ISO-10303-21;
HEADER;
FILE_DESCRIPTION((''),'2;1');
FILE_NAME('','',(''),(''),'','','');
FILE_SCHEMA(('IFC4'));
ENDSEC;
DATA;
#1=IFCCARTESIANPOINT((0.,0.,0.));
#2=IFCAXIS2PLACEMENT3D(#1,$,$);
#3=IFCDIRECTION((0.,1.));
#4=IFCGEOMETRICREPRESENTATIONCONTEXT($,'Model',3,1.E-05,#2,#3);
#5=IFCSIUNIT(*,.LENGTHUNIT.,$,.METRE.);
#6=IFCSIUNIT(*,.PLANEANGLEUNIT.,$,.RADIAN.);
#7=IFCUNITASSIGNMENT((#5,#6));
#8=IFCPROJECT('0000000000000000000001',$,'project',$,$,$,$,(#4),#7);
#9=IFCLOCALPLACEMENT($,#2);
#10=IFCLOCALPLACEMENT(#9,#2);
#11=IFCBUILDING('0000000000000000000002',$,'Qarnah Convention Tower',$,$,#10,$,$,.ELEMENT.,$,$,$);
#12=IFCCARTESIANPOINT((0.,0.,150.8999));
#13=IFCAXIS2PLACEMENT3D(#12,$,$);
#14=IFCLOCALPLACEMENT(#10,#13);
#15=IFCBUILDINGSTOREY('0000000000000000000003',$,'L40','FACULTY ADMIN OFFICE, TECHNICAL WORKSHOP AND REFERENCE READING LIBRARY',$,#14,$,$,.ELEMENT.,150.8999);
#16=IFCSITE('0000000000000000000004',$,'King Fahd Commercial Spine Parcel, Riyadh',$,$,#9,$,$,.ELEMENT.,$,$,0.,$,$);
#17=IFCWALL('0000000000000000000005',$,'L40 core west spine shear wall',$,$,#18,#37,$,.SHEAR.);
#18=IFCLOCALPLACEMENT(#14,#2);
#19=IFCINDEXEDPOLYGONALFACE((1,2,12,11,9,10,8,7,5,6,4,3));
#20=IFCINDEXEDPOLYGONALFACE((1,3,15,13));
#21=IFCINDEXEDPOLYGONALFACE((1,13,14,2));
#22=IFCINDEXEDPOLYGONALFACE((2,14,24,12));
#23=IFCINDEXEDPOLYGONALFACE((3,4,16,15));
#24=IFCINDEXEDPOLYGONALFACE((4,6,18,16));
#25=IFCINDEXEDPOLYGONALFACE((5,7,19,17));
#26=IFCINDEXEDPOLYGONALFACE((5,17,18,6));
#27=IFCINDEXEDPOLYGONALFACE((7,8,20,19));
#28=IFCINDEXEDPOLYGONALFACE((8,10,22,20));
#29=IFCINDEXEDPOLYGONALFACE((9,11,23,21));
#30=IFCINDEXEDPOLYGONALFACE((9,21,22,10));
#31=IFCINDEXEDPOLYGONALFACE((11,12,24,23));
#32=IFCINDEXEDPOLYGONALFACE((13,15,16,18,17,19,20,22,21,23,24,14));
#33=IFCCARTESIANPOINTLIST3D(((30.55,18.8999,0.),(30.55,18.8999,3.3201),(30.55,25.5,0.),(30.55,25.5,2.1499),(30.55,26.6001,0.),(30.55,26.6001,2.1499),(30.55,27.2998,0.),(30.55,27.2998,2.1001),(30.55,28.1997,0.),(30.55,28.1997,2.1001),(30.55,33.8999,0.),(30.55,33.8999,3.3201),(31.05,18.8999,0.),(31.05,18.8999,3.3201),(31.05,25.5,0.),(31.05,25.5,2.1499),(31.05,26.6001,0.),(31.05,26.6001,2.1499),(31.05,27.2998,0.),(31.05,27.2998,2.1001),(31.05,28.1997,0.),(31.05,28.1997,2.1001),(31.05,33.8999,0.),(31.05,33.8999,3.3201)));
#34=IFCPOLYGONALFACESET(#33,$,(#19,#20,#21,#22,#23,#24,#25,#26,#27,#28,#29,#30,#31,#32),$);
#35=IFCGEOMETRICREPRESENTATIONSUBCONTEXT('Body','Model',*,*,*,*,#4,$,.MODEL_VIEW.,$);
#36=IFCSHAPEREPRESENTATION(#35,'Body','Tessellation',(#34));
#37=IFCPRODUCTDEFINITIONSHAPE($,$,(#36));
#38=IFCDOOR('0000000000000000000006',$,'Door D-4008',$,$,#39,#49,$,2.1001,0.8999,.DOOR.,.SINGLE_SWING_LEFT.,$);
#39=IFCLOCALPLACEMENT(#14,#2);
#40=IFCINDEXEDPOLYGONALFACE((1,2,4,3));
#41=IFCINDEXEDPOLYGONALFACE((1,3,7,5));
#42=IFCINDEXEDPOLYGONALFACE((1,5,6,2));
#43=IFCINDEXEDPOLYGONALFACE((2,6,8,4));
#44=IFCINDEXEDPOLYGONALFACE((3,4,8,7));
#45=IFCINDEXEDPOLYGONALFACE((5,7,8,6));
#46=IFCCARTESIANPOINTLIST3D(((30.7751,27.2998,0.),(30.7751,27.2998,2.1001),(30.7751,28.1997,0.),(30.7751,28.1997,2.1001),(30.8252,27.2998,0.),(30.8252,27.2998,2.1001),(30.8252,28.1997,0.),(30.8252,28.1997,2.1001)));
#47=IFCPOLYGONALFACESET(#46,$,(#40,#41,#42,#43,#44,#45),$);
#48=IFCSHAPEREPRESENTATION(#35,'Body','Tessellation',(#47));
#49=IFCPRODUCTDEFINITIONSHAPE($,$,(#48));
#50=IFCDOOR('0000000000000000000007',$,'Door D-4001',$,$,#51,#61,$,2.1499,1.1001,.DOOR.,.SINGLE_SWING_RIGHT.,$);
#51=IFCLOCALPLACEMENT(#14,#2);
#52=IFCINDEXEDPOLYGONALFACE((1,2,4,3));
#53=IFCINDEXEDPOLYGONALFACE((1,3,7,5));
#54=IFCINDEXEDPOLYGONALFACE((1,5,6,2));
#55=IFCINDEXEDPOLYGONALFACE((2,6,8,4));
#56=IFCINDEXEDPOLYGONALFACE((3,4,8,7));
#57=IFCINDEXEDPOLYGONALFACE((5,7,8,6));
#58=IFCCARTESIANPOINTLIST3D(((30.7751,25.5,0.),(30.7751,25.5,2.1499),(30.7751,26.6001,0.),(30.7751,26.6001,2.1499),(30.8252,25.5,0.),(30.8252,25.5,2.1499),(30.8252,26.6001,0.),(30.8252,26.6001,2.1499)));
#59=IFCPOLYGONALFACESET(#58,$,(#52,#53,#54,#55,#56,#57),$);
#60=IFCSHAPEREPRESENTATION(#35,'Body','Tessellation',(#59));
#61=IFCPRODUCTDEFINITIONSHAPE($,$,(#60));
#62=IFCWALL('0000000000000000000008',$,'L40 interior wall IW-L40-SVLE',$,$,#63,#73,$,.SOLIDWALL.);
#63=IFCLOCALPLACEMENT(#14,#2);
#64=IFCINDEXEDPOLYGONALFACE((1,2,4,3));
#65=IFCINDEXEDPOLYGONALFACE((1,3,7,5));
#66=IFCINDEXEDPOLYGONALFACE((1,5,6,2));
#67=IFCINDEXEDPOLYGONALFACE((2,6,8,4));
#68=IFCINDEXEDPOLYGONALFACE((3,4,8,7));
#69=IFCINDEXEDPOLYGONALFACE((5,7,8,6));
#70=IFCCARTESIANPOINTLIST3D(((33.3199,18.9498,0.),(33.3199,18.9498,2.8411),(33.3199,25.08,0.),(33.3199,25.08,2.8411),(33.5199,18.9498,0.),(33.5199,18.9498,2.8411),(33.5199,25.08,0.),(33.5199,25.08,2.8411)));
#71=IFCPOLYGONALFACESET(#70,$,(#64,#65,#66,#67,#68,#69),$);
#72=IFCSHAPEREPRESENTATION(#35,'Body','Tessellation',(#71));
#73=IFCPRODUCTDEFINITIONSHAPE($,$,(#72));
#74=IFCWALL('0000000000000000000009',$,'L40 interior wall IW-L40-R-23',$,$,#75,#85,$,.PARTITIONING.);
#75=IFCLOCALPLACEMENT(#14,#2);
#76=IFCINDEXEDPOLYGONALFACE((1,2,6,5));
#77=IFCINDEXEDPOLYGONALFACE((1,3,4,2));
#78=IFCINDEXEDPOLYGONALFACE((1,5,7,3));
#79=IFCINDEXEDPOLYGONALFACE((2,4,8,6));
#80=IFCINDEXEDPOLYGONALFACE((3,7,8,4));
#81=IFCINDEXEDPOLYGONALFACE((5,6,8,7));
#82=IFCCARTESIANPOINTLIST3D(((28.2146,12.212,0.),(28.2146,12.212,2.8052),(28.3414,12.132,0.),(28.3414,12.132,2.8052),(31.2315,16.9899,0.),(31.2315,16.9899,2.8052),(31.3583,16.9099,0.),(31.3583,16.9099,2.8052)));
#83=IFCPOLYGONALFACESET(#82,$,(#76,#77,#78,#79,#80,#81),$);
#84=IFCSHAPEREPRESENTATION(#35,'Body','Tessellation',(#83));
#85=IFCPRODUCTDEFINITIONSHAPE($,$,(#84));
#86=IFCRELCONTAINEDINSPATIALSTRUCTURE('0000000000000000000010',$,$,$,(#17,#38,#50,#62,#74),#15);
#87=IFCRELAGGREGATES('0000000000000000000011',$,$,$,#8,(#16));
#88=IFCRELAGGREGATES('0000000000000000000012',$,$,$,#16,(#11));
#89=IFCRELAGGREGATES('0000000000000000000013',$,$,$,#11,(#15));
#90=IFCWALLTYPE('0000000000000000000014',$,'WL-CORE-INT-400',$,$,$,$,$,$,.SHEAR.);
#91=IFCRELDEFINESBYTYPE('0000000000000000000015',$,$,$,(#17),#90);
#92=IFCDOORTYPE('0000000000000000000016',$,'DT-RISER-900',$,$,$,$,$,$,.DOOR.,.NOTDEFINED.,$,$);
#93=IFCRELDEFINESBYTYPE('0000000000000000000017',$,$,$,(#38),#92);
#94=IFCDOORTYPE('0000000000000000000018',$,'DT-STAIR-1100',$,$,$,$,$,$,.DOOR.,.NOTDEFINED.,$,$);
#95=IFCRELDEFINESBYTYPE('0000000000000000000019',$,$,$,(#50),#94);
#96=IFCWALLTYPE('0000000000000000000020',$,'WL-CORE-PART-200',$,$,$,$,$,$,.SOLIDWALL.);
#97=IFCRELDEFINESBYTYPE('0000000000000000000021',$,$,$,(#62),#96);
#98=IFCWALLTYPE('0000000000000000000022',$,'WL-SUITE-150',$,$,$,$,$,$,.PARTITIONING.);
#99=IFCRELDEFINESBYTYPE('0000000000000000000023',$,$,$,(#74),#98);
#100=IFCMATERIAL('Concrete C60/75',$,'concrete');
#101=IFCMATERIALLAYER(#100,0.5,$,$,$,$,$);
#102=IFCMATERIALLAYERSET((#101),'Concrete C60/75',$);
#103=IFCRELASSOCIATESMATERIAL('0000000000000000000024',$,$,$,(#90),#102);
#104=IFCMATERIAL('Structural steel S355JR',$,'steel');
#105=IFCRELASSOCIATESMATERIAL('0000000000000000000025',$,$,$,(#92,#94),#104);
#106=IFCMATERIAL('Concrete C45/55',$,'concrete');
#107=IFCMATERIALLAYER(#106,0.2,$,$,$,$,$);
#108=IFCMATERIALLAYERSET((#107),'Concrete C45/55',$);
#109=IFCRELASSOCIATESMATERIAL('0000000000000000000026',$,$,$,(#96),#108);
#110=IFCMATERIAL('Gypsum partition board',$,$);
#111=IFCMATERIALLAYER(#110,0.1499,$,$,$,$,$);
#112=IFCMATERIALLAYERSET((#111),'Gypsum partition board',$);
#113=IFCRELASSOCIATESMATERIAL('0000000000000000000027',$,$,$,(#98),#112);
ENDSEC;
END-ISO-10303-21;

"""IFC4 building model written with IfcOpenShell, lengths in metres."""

from ifc_helpers import new_model, si_unit, direction, frame, frame_2d, origin, place, context, subcontext, project, spatial, rectangle, extrude, material, layer, layer_set, type_object, element, fill, save


model = new_model("IFC4")

# Units and contexts
model_context = context("Model", 3, precision=1e-05, world=origin(), true_north=direction((0.0, 1.0)))
body_context = subcontext(model_context, "Body", "Model", "MODEL_VIEW")
ifc_project = project(units=[si_unit("LENGTHUNIT", "METRE"), si_unit("PLANEANGLEUNIT", "RADIAN")], contexts=[model_context])

# Site, building, storey
site_placement = place(None, origin())
site = spatial("IfcSite", under=ifc_project, at=site_placement, Name="King Fahd Commercial Spine Parcel, Riyadh", CompositionType="ELEMENT", RefElevation=0.0)
building_placement = place(site_placement, origin())
building = spatial("IfcBuilding", under=site, at=building_placement, Name="Qarnah Convention Tower", CompositionType="ELEMENT")
storey_placement = place(building_placement, frame((0.0, 0.0, 150.8999)))
storey = spatial("IfcBuildingStorey", under=building, at=storey_placement, Name="L40", Description="FACULTY ADMIN OFFICE, TECHNICAL WORKSHOP AND REFERENCE READING LIBRARY", CompositionType="ELEMENT", Elevation=150.8999)

# Shared definitions
ifc_material_1 = material(Name="Concrete C60/75", Category="concrete")

# Shared definitions
ifc_material_2 = material(Name="Structural steel S355JR", Category="steel")

# Wall, openings, doors
ifc_layer_1 = layer(ifc_material_1, 0.5)
ifc_layer_set_1 = layer_set([ifc_layer_1], Name="Concrete C60/75")
wall_type_1 = type_object("IfcWallType", Name="WL-CORE-INT-400", PredefinedType="SHEAR", material=ifc_layer_set_1)
wall_1_placement = place(storey_placement, frame((30.8, 18.8999, 0.0), z_axis=(0.0, 0.0, 1.0), x_axis=(0.0, 1.0, 0.0)))
wall_1 = element("IfcWall", 1, at=wall_1_placement, inside=storey, type_object=wall_type_1, Name="L40 core west spine shear wall", PredefinedType="SHEAR", context=body_context, shape_type="SweptSolid", body=[
    extrude(rectangle(XDim=15.0, YDim=0.5, at=frame_2d((7.5, 0.0))), origin(), (0.0, 0.0, 1.0), 3.3201),
])
opening_1_placement = place(wall_1_placement, frame((6.6001, 0.0, 0.0)))
opening_1 = element("IfcOpeningElement", 2, at=opening_1_placement, cuts=wall_1, PredefinedType="OPENING", context=body_context, shape_type="SweptSolid", body=[
    extrude(rectangle(XDim=1.1001, YDim=2.1499, at=frame_2d((0.55, 1.075))), frame((0.0, 0.26, 0.0), z_axis=(0.0, -1.0, 0.0), x_axis=(1.0, 0.0, 0.0)), (0.0, 0.0, 1.0), 0.52),
])
opening_2_placement = place(wall_1_placement, frame((8.3999, 0.0, 0.0)))
opening_2 = element("IfcOpeningElement", 3, at=opening_2_placement, cuts=wall_1, PredefinedType="OPENING", context=body_context, shape_type="SweptSolid", body=[
    extrude(rectangle(XDim=0.8999, YDim=2.1001, at=frame_2d((0.45, 1.05))), frame((0.0, 0.26, 0.0), z_axis=(0.0, -1.0, 0.0), x_axis=(1.0, 0.0, 0.0)), (0.0, 0.0, 1.0), 0.52),
])
door_type_1 = type_object("IfcDoorType", Name="DT-RISER-900", OperationType="NOTDEFINED", PredefinedType="DOOR", material=ifc_material_2)
door_1_placement = place(opening_2_placement, origin())
door_1 = element("IfcDoor", 4, at=door_1_placement, inside=storey, type_object=door_type_1, Name="Door D-4008", OperationType="SINGLE_SWING_LEFT", OverallHeight=2.1001, OverallWidth=0.8999, PredefinedType="DOOR", context=body_context, shape_type="SweptSolid", body=[
    extrude(rectangle(XDim=0.8999, YDim=2.1001, at=frame_2d((0.45, 1.05))), frame((0.0, 0.0249, 0.0), z_axis=(0.0, -1.0, 0.0), x_axis=(1.0, 0.0, 0.0)), (0.0, 0.0, 1.0), 0.05),
])
fill(opening_2, door_1)
door_type_2 = type_object("IfcDoorType", Name="DT-STAIR-1100", OperationType="NOTDEFINED", PredefinedType="DOOR", material=ifc_material_2)
door_2_placement = place(opening_1_placement, origin())
door_2 = element("IfcDoor", 5, at=door_2_placement, inside=storey, type_object=door_type_2, Name="Door D-4001", OperationType="SINGLE_SWING_RIGHT", OverallHeight=2.1499, OverallWidth=1.1001, PredefinedType="DOOR", context=body_context, shape_type="SweptSolid", body=[
    extrude(rectangle(XDim=1.1001, YDim=2.1499, at=frame_2d((0.55, 1.075))), frame((0.0, 0.0249, 0.0), z_axis=(0.0, -1.0, 0.0), x_axis=(1.0, 0.0, 0.0)), (0.0, 0.0, 1.0), 0.05),
])
fill(opening_1, door_2)

# Walls
ifc_material_3 = material(Name="Concrete C45/55", Category="concrete")
ifc_layer_2 = layer(ifc_material_3, 0.2)
ifc_layer_set_2 = layer_set([ifc_layer_2], Name="Concrete C45/55")
wall_type_2 = type_object("IfcWallType", Name="WL-CORE-PART-200", PredefinedType="SOLIDWALL", material=ifc_layer_set_2)
wall_2_placement = place(storey_placement, frame((33.4199, 18.95, 0.0), z_axis=(0.0, 0.0, 1.0), x_axis=(0.0, 1.0, 0.0)))
element("IfcWall", 6, at=wall_2_placement, inside=storey, type_object=wall_type_2, Name="L40 interior wall IW-L40-SVLE", PredefinedType="SOLIDWALL", context=body_context, shape_type="SweptSolid", body=[
    extrude(rectangle(XDim=6.1301, YDim=0.2, at=frame_2d((3.0649, 0.0))), origin(), (0.0, 0.0, 1.0), 2.8411),
])
ifc_material_4 = material(Name="Gypsum partition board")
ifc_layer_3 = layer(ifc_material_4, 0.1499)
ifc_layer_set_3 = layer_set([ifc_layer_3], Name="Gypsum partition board")
wall_type_3 = type_object("IfcWallType", Name="WL-SUITE-150", PredefinedType="PARTITIONING", material=ifc_layer_set_3)
wall_3_placement = place(storey_placement, frame((28.2781, 12.1721, 0.0), z_axis=(0.0, 0.0, 1.0), x_axis=(0.5339, 0.845547, 0.0)))
element("IfcWall", 7, at=wall_3_placement, inside=storey, type_object=wall_type_3, Name="L40 interior wall IW-L40-R-23", PredefinedType="PARTITIONING", context=body_context, shape_type="SweptSolid", body=[
    extrude(rectangle(XDim=5.6506, YDim=0.1499, at=frame_2d((2.8252, 0.0))), origin(), (0.0, 0.0, 1.0), 2.8052),
])

save(model, "model.ifc")
